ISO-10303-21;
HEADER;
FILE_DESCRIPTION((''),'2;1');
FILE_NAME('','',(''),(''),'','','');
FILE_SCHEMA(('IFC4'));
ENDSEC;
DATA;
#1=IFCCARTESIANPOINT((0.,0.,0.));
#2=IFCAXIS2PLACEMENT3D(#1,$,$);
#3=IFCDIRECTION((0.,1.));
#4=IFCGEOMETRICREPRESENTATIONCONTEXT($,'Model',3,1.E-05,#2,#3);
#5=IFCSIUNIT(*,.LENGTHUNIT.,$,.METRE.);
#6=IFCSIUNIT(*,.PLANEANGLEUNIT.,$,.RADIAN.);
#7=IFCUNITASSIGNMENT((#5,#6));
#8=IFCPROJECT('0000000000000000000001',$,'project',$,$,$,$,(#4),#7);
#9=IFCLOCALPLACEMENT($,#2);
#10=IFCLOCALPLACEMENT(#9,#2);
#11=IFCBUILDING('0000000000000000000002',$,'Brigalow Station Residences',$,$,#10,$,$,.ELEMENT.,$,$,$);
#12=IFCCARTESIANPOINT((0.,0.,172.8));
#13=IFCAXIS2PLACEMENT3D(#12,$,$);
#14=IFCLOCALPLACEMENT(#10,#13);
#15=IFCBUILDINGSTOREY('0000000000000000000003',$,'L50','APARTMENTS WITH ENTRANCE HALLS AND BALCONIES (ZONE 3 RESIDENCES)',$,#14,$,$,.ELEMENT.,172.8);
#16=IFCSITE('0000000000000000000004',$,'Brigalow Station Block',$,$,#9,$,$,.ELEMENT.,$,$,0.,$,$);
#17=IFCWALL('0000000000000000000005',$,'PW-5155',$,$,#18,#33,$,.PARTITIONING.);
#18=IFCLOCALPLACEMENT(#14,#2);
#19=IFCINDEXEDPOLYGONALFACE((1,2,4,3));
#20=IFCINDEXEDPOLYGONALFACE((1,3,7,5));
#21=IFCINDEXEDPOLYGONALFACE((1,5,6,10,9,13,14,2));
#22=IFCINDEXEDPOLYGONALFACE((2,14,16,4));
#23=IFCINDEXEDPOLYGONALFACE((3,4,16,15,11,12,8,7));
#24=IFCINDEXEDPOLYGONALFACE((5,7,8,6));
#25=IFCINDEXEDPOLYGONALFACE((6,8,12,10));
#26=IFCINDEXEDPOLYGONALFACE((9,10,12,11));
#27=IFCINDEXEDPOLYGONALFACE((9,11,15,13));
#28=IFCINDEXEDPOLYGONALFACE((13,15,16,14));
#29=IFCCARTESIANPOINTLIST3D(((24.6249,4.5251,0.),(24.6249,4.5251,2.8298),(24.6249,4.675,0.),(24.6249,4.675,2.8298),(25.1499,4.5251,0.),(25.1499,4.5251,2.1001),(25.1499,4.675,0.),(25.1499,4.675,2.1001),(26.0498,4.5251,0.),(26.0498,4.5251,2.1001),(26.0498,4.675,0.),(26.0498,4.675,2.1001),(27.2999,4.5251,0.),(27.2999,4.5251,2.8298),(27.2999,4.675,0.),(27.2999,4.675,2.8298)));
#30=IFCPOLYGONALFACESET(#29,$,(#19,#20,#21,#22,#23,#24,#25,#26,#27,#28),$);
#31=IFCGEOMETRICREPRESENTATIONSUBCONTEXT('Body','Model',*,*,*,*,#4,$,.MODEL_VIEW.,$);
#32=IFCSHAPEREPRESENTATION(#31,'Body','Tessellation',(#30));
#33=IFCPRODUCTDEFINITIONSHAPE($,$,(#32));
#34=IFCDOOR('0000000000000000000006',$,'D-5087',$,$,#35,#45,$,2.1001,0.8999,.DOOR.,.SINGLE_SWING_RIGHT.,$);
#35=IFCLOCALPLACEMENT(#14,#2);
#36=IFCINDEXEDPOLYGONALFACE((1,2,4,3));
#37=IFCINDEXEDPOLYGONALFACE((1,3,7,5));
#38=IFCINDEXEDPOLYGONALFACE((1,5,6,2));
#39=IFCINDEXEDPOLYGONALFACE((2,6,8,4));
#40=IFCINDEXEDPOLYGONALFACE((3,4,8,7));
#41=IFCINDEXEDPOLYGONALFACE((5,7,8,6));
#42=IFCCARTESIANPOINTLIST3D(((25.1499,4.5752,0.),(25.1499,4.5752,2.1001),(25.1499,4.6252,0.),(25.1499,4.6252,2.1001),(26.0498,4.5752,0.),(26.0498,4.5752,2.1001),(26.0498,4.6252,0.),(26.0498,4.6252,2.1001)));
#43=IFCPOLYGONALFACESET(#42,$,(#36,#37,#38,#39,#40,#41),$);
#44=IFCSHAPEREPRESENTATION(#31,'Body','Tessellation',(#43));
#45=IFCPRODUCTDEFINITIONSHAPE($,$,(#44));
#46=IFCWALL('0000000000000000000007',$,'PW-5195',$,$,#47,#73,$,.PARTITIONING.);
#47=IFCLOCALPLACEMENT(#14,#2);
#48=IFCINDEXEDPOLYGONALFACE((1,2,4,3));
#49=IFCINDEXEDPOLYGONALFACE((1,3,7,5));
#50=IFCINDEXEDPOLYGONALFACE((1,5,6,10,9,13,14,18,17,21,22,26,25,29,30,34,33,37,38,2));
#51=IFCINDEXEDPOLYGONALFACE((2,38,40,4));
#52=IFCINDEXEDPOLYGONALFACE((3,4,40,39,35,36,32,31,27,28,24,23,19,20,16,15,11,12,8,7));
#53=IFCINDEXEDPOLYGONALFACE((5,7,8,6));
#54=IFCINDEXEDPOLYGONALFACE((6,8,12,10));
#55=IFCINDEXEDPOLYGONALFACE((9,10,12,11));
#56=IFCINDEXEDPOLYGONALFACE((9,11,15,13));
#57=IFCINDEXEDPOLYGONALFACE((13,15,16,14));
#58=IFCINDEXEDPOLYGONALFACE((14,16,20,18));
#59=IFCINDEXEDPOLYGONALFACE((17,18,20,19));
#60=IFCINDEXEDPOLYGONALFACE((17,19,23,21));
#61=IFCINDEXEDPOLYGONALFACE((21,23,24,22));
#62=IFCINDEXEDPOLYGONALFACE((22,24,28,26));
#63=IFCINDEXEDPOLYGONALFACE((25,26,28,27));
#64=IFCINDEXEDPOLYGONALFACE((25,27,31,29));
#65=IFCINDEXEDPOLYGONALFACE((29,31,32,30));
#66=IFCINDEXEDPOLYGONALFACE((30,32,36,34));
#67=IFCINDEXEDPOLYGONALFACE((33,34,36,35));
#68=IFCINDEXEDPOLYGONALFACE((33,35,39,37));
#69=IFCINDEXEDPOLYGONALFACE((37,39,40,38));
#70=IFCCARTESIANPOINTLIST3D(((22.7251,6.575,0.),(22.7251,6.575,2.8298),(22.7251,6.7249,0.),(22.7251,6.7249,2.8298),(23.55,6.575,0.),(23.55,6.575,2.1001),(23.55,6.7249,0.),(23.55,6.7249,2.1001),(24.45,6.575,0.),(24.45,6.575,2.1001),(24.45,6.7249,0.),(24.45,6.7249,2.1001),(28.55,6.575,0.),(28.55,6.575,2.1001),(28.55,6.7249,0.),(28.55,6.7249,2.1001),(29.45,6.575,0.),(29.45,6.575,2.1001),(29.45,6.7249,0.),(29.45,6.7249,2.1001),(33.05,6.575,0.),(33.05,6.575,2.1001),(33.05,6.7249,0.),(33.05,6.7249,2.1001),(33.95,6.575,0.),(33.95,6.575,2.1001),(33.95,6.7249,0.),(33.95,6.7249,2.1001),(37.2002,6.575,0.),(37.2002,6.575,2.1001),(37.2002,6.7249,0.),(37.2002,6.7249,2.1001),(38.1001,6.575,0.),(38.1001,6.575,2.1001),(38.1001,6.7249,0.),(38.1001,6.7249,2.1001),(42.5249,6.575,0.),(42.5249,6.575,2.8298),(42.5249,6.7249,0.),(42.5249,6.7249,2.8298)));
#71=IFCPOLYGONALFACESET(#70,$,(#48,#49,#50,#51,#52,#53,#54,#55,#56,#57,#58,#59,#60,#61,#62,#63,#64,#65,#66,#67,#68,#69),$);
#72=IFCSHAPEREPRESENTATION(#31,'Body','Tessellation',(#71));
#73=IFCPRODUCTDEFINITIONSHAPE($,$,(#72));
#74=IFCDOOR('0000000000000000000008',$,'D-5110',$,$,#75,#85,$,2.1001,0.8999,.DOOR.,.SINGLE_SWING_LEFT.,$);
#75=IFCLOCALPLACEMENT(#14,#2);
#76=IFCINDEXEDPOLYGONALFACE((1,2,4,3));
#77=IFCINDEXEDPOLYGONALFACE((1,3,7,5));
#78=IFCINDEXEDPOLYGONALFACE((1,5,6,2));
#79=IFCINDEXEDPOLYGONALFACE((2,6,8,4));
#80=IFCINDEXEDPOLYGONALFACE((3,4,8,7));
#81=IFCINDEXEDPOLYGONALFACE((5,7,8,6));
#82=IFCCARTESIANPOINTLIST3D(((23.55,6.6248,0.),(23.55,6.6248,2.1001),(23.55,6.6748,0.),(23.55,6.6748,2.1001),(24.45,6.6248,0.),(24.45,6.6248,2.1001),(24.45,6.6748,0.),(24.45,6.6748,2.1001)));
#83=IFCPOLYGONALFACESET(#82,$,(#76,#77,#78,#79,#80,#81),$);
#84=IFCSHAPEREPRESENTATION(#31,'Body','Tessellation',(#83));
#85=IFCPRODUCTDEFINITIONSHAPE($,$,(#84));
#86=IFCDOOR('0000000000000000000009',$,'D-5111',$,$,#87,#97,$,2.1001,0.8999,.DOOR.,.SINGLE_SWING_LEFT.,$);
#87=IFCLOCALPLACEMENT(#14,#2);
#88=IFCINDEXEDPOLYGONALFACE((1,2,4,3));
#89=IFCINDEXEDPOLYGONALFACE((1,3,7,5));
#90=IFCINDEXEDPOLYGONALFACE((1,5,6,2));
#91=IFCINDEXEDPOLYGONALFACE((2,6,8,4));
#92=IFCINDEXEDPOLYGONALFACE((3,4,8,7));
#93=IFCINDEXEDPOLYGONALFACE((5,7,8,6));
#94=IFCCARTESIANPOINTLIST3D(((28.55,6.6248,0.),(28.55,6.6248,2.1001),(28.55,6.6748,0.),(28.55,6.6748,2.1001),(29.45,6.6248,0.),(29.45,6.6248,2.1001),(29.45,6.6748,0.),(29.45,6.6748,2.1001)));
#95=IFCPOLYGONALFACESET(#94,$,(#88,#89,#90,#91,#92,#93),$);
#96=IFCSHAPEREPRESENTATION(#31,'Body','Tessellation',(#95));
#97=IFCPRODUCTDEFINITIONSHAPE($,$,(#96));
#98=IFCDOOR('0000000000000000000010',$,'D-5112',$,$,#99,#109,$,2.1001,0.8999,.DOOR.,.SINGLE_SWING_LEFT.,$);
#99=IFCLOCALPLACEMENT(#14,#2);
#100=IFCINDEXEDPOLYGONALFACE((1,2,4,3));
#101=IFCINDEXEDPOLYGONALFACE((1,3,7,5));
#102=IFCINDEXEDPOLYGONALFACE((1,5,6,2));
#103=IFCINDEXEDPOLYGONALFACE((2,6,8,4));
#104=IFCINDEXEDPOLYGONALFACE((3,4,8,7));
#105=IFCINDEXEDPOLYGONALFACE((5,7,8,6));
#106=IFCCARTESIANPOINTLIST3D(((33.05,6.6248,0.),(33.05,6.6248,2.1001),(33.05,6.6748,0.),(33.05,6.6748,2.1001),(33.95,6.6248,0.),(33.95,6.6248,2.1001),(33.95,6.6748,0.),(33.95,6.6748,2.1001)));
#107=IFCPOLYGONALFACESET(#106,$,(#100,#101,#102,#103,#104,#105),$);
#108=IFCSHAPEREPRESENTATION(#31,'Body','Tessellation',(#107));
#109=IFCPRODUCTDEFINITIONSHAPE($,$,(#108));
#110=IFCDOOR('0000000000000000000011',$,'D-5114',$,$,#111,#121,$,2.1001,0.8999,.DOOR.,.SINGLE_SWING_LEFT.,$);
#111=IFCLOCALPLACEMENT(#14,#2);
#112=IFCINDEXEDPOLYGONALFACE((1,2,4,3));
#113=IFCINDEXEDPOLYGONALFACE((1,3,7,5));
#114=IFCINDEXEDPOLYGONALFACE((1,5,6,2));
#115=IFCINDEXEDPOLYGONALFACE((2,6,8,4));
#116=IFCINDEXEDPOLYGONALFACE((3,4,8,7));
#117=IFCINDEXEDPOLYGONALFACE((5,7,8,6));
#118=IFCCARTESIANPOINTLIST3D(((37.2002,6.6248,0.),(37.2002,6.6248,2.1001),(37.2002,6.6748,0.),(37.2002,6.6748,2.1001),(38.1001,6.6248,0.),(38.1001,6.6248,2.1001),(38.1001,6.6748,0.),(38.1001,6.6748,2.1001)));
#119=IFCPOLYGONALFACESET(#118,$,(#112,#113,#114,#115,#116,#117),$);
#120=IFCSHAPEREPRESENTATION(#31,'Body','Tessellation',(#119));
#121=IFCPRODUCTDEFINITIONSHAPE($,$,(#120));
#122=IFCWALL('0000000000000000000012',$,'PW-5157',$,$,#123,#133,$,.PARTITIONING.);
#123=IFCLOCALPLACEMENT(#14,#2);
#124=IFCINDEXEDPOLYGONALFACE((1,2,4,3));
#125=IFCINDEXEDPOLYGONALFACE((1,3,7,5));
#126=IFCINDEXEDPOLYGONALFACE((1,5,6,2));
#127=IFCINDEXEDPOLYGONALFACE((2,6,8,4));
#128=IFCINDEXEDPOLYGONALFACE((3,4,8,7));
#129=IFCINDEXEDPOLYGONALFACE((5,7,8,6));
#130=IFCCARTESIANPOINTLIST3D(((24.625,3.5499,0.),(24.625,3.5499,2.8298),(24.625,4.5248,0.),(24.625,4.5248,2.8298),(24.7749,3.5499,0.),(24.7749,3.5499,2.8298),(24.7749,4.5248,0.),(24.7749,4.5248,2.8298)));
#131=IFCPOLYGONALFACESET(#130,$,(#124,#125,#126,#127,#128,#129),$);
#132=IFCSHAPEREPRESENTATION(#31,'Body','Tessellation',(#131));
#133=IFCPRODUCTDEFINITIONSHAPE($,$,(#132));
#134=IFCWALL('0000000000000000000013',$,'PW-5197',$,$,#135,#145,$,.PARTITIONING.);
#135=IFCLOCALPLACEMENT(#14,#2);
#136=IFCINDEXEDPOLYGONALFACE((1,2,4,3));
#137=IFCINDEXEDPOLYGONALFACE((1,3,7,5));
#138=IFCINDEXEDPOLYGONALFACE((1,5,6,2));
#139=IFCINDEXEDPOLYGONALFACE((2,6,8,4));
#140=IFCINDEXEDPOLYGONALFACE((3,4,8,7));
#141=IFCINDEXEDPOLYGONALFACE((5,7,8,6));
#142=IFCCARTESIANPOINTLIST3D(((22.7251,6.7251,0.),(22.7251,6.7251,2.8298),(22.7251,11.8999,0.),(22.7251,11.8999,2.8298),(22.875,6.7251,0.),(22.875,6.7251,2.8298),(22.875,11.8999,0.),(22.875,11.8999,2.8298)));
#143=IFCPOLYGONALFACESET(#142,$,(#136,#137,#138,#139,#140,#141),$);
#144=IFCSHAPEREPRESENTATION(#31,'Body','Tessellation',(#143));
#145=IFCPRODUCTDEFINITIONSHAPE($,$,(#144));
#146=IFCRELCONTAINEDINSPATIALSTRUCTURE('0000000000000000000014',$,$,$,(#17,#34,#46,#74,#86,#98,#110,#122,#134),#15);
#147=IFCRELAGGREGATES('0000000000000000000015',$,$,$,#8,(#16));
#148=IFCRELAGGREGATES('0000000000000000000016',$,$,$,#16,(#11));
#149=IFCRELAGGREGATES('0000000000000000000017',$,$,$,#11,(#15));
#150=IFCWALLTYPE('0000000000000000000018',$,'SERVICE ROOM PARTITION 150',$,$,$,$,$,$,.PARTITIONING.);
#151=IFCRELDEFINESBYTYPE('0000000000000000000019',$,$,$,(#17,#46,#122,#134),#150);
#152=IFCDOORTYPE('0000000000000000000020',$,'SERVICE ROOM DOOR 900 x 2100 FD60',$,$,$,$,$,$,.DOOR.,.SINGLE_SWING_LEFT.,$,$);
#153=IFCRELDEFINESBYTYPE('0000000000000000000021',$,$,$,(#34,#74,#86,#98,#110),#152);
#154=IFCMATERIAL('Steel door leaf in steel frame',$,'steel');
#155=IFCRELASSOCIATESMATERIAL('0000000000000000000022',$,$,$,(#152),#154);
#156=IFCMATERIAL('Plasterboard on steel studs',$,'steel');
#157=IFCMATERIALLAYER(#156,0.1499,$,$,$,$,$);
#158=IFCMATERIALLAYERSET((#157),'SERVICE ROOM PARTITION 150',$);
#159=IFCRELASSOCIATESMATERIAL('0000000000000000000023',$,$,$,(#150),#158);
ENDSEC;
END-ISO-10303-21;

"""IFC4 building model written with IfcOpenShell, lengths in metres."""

from ifc_helpers import new_model, si_unit, direction, frame, frame_2d, origin, place, context, subcontext, project, spatial, rectangle, extrude, material, layer, layer_set, type_object, element, fill, save


model = new_model("IFC4")

# Units and contexts
model_context = context("Model", 3, precision=1e-05, world=origin(), true_north=direction((0.0, 1.0)))
body_context = subcontext(model_context, "Body", "Model", "MODEL_VIEW")
ifc_project = project(units=[si_unit("LENGTHUNIT", "METRE"), si_unit("PLANEANGLEUNIT", "RADIAN")], contexts=[model_context])

# Site, building, storey
site_placement = place(None, origin())
site = spatial("IfcSite", under=ifc_project, at=site_placement, Name="Brigalow Station Block", CompositionType="ELEMENT", RefElevation=0.0)
building_placement = place(site_placement, origin())
building = spatial("IfcBuilding", under=site, at=building_placement, Name="Brigalow Station Residences", CompositionType="ELEMENT")
storey_placement = place(building_placement, frame((0.0, 0.0, 172.8)))
storey = spatial("IfcBuildingStorey", under=building, at=storey_placement, Name="L50", Description="APARTMENTS WITH ENTRANCE HALLS AND BALCONIES (ZONE 3 RESIDENCES)", CompositionType="ELEMENT", Elevation=172.8)

# Shared definitions
ifc_material_1 = material(Name="Steel door leaf in steel frame", Category="steel")
door_type_1 = type_object("IfcDoorType", Name="SERVICE ROOM DOOR 900 x 2100 FD60", OperationType="SINGLE_SWING_LEFT", PredefinedType="DOOR", material=ifc_material_1)

# Wall, opening, door
ifc_material_2 = material(Name="Plasterboard on steel studs", Category="steel")
ifc_layer_1 = layer(ifc_material_2, 0.1499)
ifc_layer_set_1 = layer_set([ifc_layer_1], Name="SERVICE ROOM PARTITION 150")
wall_type_1 = type_object("IfcWallType", Name="SERVICE ROOM PARTITION 150", PredefinedType="PARTITIONING", material=ifc_layer_set_1)
wall_1_placement = place(storey_placement, frame((24.625, 4.6001, 0.0), z_axis=(0.0, 0.0, 1.0), x_axis=(1.0, 0.0, 0.0)))
wall_1 = element("IfcWall", 1, at=wall_1_placement, inside=storey, type_object=wall_type_1, Name="PW-5155", PredefinedType="PARTITIONING", context=body_context, shape_type="SweptSolid", body=[
    extrude(rectangle(XDim=2.675, YDim=0.1499, at=frame_2d((1.3374, 0.0))), origin(), (0.0, 0.0, 1.0), 2.8298),
])
opening_1_placement = place(wall_1_placement, frame((0.5249, 0.0, 0.0)))
opening_1 = element("IfcOpeningElement", 2, at=opening_1_placement, cuts=wall_1, PredefinedType="OPENING", context=body_context, shape_type="SweptSolid", body=[
    extrude(rectangle(XDim=0.8999, YDim=2.1001, at=frame_2d((0.45, 1.05))), frame((0.0, 0.085, 0.0), z_axis=(0.0, -1.0, 0.0), x_axis=(1.0, 0.0, 0.0)), (0.0, 0.0, 1.0), 0.1699),
])
door_1_placement = place(opening_1_placement, frame((0.8999, 0.0, 0.0), z_axis=(0.0, 0.0, 1.0), x_axis=(-1.0, 0.0, 0.0)))
door_1 = element("IfcDoor", 3, at=door_1_placement, inside=storey, type_object=door_type_1, Name="D-5087", OperationType="SINGLE_SWING_RIGHT", OverallHeight=2.1001, OverallWidth=0.8999, PredefinedType="DOOR", context=body_context, shape_type="SweptSolid", body=[
    extrude(rectangle(XDim=0.8999, YDim=2.1001, at=frame_2d((0.45, 1.05))), frame((0.0, 0.0249, 0.0), z_axis=(0.0, -1.0, 0.0), x_axis=(1.0, 0.0, 0.0)), (0.0, 0.0, 1.0), 0.05),
])
fill(opening_1, door_1)

# Wall, openings, doors
wall_2_placement = place(storey_placement, frame((22.7251, 6.6499, 0.0), z_axis=(0.0, 0.0, 1.0), x_axis=(1.0, 0.0, 0.0)))
wall_2 = element("IfcWall", 4, at=wall_2_placement, inside=storey, type_object=wall_type_1, Name="PW-5195", PredefinedType="PARTITIONING", context=body_context, shape_type="SweptSolid", body=[
    extrude(rectangle(XDim=19.7998, YDim=0.1499, at=frame_2d((9.8999, 0.0))), origin(), (0.0, 0.0, 1.0), 2.8298),
])
opening_2_placement = place(wall_2_placement, frame((0.825, 0.0, 0.0)))
opening_2 = element("IfcOpeningElement", 5, at=opening_2_placement, cuts=wall_2, PredefinedType="OPENING", context=body_context, shape_type="SweptSolid", body=[
    extrude(rectangle(XDim=0.8999, YDim=2.1001, at=frame_2d((0.45, 1.05))), frame((0.0, 0.085, 0.0), z_axis=(0.0, -1.0, 0.0), x_axis=(1.0, 0.0, 0.0)), (0.0, 0.0, 1.0), 0.1699),
])
opening_3_placement = place(wall_2_placement, frame((5.825, 0.0, 0.0)))
opening_3 = element("IfcOpeningElement", 6, at=opening_3_placement, cuts=wall_2, PredefinedType="OPENING", context=body_context, shape_type="SweptSolid", body=[
    extrude(rectangle(XDim=0.8999, YDim=2.1001, at=frame_2d((0.45, 1.05))), frame((0.0, 0.085, 0.0), z_axis=(0.0, -1.0, 0.0), x_axis=(1.0, 0.0, 0.0)), (0.0, 0.0, 1.0), 0.1699),
])
opening_4_placement = place(wall_2_placement, frame((10.325, 0.0, 0.0)))
opening_4 = element("IfcOpeningElement", 7, at=opening_4_placement, cuts=wall_2, PredefinedType="OPENING", context=body_context, shape_type="SweptSolid", body=[
    extrude(rectangle(XDim=0.8999, YDim=2.1001, at=frame_2d((0.45, 1.05))), frame((0.0, 0.085, 0.0), z_axis=(0.0, -1.0, 0.0), x_axis=(1.0, 0.0, 0.0)), (0.0, 0.0, 1.0), 0.1699),
])
opening_5_placement = place(wall_2_placement, frame((14.4751, 0.0, 0.0)))
opening_5 = element("IfcOpeningElement", 8, at=opening_5_placement, cuts=wall_2, PredefinedType="OPENING", context=body_context, shape_type="SweptSolid", body=[
    extrude(rectangle(XDim=0.8999, YDim=2.1001, at=frame_2d((0.45, 1.05))), frame((0.0, 0.085, 0.0), z_axis=(0.0, -1.0, 0.0), x_axis=(1.0, 0.0, 0.0)), (0.0, 0.0, 1.0), 0.1699),
])
door_2_placement = place(opening_2_placement, origin())
door_2 = element("IfcDoor", 9, at=door_2_placement, inside=storey, type_object=door_type_1, Name="D-5110", OperationType="SINGLE_SWING_LEFT", OverallHeight=2.1001, OverallWidth=0.8999, PredefinedType="DOOR", context=body_context, shape_type="SweptSolid", body=[
    extrude(rectangle(XDim=0.8999, YDim=2.1001, at=frame_2d((0.45, 1.05))), frame((0.0, 0.0249, 0.0), z_axis=(0.0, -1.0, 0.0), x_axis=(1.0, 0.0, 0.0)), (0.0, 0.0, 1.0), 0.05),
])
fill(opening_2, door_2)
door_3_placement = place(opening_3_placement, origin())
door_3 = element("IfcDoor", 10, at=door_3_placement, inside=storey, type_object=door_type_1, Name="D-5111", OperationType="SINGLE_SWING_LEFT", OverallHeight=2.1001, OverallWidth=0.8999, PredefinedType="DOOR", context=body_context, shape_type="SweptSolid", body=[
    extrude(rectangle(XDim=0.8999, YDim=2.1001, at=frame_2d((0.45, 1.05))), frame((0.0, 0.0249, 0.0), z_axis=(0.0, -1.0, 0.0), x_axis=(1.0, 0.0, 0.0)), (0.0, 0.0, 1.0), 0.05),
])
fill(opening_3, door_3)
door_4_placement = place(opening_4_placement, origin())
door_4 = element("IfcDoor", 11, at=door_4_placement, inside=storey, type_object=door_type_1, Name="D-5112", OperationType="SINGLE_SWING_LEFT", OverallHeight=2.1001, OverallWidth=0.8999, PredefinedType="DOOR", context=body_context, shape_type="SweptSolid", body=[
    extrude(rectangle(XDim=0.8999, YDim=2.1001, at=frame_2d((0.45, 1.05))), frame((0.0, 0.0249, 0.0), z_axis=(0.0, -1.0, 0.0), x_axis=(1.0, 0.0, 0.0)), (0.0, 0.0, 1.0), 0.05),
])
fill(opening_4, door_4)
door_5_placement = place(opening_5_placement, origin())
door_5 = element("IfcDoor", 12, at=door_5_placement, inside=storey, type_object=door_type_1, Name="D-5114", OperationType="SINGLE_SWING_LEFT", OverallHeight=2.1001, OverallWidth=0.8999, PredefinedType="DOOR", context=body_context, shape_type="SweptSolid", body=[
    extrude(rectangle(XDim=0.8999, YDim=2.1001, at=frame_2d((0.45, 1.05))), frame((0.0, 0.0249, 0.0), z_axis=(0.0, -1.0, 0.0), x_axis=(1.0, 0.0, 0.0)), (0.0, 0.0, 1.0), 0.05),
])
fill(opening_5, door_5)

# Walls
wall_3_placement = place(storey_placement, frame((24.7, 3.55, 0.0), z_axis=(0.0, 0.0, 1.0), x_axis=(0.0, 1.0, 0.0)))
element("IfcWall", 13, at=wall_3_placement, inside=storey, type_object=wall_type_1, Name="PW-5157", PredefinedType="PARTITIONING", context=body_context, shape_type="SweptSolid", body=[
    extrude(rectangle(XDim=0.9749, YDim=0.1499, at=frame_2d((0.4873, 0.0))), origin(), (0.0, 0.0, 1.0), 2.8298),
])
wall_4_placement = place(storey_placement, frame((22.8, 6.7251, 0.0), z_axis=(0.0, 0.0, 1.0), x_axis=(0.0, 1.0, 0.0)))
element("IfcWall", 14, at=wall_4_placement, inside=storey, type_object=wall_type_1, Name="PW-5197", PredefinedType="PARTITIONING", context=body_context, shape_type="SweptSolid", body=[
    extrude(rectangle(XDim=5.1748, YDim=0.1499, at=frame_2d((2.5874, 0.0))), origin(), (0.0, 0.0, 1.0), 2.8298),
])

save(model, "model.ifc")
